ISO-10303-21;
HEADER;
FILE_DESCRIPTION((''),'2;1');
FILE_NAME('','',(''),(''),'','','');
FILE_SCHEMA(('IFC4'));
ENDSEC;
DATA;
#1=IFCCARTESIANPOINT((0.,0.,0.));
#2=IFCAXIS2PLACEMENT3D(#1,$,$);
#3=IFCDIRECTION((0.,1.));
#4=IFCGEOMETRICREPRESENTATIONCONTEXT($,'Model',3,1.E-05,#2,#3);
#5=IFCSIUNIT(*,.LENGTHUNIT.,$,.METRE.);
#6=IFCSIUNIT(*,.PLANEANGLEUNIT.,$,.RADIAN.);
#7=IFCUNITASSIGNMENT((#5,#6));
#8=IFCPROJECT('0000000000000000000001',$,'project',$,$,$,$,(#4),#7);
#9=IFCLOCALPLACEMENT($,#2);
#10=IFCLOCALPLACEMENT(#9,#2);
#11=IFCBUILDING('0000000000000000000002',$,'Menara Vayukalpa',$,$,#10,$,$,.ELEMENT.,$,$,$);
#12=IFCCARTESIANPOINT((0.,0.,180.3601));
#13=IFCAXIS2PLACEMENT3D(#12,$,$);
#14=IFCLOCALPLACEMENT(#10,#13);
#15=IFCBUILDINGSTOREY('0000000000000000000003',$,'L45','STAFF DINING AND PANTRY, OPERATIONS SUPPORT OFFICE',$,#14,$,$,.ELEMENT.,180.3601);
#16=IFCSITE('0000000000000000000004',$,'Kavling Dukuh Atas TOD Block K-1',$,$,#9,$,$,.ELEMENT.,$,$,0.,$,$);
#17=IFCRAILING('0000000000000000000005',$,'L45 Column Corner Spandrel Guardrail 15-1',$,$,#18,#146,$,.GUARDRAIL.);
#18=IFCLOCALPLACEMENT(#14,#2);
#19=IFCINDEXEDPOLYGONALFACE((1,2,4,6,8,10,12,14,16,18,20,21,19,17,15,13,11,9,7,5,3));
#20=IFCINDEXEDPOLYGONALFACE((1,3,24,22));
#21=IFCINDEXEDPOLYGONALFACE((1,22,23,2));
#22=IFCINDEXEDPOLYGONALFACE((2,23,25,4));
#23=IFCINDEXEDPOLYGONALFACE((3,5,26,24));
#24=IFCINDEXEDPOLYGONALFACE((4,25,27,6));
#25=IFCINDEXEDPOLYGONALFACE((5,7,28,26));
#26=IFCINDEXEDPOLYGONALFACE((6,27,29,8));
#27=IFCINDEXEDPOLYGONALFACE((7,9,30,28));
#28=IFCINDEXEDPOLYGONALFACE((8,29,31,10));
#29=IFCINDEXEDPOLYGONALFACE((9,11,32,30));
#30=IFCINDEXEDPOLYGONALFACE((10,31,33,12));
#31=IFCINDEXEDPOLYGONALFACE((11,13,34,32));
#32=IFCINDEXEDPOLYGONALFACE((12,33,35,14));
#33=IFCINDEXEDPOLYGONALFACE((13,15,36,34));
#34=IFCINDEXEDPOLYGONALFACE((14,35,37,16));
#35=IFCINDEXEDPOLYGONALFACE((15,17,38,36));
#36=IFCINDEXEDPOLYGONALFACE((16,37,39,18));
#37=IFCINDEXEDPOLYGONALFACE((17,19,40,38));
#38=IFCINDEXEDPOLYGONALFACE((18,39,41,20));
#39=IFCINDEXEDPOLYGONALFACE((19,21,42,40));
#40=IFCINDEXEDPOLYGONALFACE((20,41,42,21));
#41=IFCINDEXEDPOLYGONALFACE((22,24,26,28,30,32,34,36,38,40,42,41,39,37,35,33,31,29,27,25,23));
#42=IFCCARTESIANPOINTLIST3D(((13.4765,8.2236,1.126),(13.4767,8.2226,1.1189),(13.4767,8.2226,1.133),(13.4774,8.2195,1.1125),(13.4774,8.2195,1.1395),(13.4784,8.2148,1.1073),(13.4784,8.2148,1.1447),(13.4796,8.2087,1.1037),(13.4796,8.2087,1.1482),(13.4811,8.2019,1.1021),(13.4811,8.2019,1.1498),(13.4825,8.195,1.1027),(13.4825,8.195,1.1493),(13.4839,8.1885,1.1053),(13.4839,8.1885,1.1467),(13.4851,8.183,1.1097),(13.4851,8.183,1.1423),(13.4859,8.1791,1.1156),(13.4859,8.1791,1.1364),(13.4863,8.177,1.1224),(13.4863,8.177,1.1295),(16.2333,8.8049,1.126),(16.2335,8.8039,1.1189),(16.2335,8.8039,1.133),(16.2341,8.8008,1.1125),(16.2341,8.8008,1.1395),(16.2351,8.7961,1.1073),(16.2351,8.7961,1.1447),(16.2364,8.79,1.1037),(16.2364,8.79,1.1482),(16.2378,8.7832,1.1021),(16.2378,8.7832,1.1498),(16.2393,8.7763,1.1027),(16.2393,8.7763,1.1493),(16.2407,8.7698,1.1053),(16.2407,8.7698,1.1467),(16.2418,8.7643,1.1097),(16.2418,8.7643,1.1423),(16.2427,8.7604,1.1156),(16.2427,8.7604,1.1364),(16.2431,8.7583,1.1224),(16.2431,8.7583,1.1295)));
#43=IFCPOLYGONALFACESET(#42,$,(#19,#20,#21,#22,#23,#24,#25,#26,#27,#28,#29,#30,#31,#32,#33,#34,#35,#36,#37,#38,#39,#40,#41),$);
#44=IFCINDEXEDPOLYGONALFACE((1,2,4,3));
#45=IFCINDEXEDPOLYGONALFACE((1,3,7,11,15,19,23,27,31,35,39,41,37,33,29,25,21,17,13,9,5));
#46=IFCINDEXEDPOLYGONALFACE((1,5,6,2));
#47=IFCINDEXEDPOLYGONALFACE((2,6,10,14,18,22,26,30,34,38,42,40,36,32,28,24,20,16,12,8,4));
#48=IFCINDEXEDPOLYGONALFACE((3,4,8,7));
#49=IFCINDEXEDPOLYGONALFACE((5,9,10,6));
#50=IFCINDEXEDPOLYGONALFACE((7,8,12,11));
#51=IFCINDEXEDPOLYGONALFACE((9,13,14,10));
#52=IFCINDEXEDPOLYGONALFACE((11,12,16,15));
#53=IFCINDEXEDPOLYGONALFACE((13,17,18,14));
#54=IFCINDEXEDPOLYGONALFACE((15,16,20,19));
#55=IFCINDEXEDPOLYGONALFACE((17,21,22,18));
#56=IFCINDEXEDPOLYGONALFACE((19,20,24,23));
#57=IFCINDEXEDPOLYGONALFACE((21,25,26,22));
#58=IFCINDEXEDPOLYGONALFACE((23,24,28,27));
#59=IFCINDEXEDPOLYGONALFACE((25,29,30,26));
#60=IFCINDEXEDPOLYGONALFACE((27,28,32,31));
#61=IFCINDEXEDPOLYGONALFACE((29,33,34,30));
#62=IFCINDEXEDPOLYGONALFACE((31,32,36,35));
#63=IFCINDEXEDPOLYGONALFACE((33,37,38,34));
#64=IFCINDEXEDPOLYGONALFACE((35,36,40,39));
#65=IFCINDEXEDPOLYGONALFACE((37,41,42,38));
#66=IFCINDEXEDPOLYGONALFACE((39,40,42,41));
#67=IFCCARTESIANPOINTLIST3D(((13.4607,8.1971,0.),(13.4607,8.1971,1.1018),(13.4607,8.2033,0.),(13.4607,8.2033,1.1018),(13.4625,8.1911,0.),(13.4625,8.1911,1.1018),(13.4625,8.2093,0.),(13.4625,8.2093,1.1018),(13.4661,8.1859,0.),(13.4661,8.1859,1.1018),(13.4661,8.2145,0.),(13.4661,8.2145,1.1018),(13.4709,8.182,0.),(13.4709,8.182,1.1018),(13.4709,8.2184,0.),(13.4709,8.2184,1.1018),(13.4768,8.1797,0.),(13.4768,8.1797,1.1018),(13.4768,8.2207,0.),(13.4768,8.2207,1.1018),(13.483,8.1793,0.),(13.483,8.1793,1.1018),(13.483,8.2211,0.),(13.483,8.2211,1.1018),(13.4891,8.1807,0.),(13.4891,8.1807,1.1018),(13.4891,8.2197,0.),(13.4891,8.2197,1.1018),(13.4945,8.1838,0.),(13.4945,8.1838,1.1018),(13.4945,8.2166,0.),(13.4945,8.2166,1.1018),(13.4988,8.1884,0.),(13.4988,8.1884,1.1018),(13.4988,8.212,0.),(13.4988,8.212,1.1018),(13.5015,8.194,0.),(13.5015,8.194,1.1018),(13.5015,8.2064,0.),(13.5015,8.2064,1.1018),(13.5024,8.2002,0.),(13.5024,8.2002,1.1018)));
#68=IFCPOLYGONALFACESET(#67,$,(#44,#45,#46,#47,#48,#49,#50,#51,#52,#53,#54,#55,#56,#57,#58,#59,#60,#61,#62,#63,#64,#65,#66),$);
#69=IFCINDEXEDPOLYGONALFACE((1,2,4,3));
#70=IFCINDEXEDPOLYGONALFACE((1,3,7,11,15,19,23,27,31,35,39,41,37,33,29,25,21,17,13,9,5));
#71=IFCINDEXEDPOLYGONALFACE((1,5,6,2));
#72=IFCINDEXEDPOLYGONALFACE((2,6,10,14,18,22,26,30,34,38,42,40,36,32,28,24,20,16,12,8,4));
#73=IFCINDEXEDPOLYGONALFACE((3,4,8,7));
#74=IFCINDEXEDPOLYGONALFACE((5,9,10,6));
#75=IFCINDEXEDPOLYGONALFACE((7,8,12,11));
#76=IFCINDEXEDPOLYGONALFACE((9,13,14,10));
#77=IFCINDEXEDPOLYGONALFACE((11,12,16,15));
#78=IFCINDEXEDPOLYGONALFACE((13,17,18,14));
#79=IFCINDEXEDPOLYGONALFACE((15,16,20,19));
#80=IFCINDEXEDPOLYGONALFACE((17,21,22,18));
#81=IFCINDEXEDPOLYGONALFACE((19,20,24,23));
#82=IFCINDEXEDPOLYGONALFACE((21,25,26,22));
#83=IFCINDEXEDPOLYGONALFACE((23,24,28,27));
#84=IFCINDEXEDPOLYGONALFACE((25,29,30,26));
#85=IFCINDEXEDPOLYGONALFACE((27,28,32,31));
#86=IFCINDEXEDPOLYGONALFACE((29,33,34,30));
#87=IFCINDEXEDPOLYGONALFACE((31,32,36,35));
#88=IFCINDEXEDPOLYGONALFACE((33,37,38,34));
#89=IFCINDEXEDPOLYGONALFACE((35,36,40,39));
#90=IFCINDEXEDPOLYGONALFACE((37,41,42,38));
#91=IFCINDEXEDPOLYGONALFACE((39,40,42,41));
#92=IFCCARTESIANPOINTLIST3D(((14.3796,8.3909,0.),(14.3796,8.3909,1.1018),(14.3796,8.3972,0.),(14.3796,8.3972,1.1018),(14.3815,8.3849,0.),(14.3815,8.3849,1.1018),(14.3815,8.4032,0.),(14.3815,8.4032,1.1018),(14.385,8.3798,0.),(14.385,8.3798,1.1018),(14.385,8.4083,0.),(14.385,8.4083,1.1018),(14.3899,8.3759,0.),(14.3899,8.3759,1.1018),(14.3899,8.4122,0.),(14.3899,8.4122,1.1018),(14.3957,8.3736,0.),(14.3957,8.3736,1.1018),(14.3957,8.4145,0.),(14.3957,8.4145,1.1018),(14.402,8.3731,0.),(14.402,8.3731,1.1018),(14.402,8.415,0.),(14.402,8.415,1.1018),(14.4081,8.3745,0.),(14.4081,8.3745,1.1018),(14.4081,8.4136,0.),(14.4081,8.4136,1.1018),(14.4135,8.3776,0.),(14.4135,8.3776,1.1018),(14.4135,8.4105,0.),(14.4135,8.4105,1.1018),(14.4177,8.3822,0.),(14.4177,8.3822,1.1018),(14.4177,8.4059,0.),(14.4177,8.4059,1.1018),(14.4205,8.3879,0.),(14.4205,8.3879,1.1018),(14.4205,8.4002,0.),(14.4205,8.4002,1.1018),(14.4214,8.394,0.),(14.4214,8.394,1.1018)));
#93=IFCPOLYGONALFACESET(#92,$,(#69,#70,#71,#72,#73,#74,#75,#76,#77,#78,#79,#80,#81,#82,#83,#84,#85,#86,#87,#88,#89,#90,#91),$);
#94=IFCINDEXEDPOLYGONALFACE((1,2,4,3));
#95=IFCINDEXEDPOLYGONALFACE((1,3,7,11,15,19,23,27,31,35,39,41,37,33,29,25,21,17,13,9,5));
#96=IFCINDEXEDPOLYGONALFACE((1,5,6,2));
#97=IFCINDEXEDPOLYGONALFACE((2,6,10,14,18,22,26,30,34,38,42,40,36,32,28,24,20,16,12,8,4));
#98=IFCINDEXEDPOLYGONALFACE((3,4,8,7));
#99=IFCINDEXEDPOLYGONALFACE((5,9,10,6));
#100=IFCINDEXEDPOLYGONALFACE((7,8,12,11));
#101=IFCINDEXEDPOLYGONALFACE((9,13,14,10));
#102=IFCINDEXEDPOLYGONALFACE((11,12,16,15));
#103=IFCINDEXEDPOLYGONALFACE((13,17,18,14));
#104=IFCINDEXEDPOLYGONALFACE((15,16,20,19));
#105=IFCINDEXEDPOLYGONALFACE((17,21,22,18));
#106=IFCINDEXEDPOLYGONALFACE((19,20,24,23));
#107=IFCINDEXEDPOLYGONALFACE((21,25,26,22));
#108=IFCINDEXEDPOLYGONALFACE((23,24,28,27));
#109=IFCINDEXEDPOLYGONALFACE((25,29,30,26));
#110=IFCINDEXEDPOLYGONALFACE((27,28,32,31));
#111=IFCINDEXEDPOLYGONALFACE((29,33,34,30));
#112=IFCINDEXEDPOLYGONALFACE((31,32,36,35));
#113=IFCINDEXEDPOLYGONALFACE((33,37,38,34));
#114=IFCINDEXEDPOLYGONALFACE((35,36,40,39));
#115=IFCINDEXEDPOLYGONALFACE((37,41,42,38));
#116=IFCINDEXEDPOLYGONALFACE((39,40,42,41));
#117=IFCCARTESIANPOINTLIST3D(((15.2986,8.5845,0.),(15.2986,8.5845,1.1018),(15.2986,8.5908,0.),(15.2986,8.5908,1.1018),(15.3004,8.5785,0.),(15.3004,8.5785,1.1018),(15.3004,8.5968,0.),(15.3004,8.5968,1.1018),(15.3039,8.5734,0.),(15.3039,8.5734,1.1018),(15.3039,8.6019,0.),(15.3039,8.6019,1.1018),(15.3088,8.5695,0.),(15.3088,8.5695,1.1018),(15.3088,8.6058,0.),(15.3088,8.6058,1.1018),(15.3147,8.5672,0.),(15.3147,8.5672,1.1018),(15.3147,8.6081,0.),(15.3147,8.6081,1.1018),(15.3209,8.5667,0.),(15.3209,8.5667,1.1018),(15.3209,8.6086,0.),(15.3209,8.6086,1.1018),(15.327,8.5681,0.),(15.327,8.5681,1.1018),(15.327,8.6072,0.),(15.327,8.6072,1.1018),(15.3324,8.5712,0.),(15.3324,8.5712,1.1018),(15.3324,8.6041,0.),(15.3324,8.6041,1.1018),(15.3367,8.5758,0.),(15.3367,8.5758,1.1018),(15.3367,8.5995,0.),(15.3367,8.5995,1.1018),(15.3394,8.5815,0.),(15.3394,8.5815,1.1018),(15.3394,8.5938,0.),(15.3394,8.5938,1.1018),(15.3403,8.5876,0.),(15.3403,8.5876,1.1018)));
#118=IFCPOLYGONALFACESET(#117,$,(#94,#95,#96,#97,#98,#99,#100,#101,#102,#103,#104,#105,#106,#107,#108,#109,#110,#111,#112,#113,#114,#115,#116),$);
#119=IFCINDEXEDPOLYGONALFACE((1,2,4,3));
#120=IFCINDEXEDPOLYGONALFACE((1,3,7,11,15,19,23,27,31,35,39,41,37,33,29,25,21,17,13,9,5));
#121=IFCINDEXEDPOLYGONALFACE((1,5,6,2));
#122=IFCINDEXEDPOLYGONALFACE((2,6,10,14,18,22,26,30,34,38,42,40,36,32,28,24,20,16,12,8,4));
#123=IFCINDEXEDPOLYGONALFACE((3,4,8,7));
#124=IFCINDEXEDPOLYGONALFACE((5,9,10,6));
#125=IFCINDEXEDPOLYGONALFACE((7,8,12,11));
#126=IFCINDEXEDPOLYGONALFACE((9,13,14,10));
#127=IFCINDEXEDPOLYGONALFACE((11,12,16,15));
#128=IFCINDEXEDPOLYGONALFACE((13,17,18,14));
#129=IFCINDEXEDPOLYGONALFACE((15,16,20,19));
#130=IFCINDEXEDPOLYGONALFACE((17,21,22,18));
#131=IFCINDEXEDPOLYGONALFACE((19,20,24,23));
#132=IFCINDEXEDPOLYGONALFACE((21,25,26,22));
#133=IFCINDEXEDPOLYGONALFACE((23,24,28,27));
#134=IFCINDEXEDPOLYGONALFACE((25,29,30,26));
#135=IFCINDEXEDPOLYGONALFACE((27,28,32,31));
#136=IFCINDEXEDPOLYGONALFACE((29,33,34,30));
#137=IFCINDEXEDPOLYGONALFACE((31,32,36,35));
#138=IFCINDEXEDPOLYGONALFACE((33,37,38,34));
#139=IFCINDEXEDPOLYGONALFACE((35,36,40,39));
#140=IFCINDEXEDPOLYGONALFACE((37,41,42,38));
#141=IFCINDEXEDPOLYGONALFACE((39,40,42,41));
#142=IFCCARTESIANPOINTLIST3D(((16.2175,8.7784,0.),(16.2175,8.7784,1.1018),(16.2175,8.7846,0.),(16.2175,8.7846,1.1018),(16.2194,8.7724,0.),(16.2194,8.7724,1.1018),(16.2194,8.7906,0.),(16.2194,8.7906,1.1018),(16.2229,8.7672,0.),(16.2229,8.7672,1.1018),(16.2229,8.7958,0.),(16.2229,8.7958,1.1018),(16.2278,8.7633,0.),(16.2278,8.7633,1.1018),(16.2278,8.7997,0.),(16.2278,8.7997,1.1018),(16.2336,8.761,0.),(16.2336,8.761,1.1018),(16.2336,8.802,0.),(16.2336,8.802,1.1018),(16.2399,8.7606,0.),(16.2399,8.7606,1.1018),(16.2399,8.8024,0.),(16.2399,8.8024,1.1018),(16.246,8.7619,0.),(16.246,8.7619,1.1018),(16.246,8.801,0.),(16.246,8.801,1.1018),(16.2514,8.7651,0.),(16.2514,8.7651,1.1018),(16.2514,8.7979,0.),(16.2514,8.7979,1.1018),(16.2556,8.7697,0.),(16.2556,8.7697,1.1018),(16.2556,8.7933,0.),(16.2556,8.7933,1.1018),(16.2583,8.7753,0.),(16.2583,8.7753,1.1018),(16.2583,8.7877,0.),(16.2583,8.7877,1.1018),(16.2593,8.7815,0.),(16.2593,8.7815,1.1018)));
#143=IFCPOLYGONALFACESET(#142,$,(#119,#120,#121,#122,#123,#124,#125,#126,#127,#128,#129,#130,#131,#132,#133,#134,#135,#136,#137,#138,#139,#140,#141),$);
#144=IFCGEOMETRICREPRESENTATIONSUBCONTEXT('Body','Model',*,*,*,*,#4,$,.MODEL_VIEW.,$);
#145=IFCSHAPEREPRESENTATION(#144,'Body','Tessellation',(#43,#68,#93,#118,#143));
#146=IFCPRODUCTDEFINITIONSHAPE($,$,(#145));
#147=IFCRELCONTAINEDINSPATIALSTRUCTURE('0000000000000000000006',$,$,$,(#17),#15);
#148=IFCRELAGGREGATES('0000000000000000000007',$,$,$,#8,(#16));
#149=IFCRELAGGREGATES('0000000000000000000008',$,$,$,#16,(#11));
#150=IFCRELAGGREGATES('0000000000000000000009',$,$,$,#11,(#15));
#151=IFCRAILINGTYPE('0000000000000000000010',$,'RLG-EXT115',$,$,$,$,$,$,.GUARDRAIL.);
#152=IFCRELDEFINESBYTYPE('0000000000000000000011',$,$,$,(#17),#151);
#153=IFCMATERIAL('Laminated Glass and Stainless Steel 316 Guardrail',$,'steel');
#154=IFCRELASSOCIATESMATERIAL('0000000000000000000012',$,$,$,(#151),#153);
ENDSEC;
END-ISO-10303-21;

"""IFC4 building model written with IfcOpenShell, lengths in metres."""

from ifc_helpers import new_model, si_unit, direction, frame, origin, origin_2d, place, context, subcontext, project, spatial, circle, extrude, material, type_object, element, save


model = new_model("IFC4")

# Units and contexts
model_context = context("Model", 3, precision=1e-05, world=origin(), true_north=direction((0.0, 1.0)))
body_context = subcontext(model_context, "Body", "Model", "MODEL_VIEW")
ifc_project = project(units=[si_unit("LENGTHUNIT", "METRE"), si_unit("PLANEANGLEUNIT", "RADIAN")], contexts=[model_context])

# Site, building, storey
site_placement = place(None, origin())
site = spatial("IfcSite", under=ifc_project, at=site_placement, Name="Kavling Dukuh Atas TOD Block K-1", CompositionType="ELEMENT", RefElevation=0.0)
building_placement = place(site_placement, origin())
building = spatial("IfcBuilding", under=site, at=building_placement, Name="Menara Vayukalpa", CompositionType="ELEMENT")
storey_placement = place(building_placement, frame((0.0, 0.0, 180.3601)))
storey = spatial("IfcBuildingStorey", under=building, at=storey_placement, Name="L45", Description="STAFF DINING AND PANTRY, OPERATIONS SUPPORT OFFICE", CompositionType="ELEMENT", Elevation=180.3601)

# Railing
ifc_material_1 = material(Name="Laminated Glass and Stainless Steel 316 Guardrail", Category="steel")
railing_type = type_object("IfcRailingType", Name="RLG-EXT115", PredefinedType="GUARDRAIL", material=ifc_material_1)
railing_placement = place(storey_placement, frame((13.4814, 8.2002, 0.0)))
element("IfcRailing", 1, at=railing_placement, inside=storey, type_object=railing_type, Name="L45 Column Corner Spandrel Guardrail 15-1", PredefinedType="GUARDRAIL", context=body_context, shape_type="SweptSolid", body=[
    extrude(circle(Radius=0.0239, at=origin_2d()), frame((0.0, 0.0, 1.126), z_axis=(0.978484, 0.206321, 0.0), x_axis=(-0.206321, 0.978484, 0.0)), (0.0, 0.0, 1.0), 2.8174),
    extrude(circle(Radius=0.021, at=origin_2d()), origin(), (0.0, 0.0, 1.0), 1.1018),
    extrude(circle(Radius=0.021, at=origin_2d()), frame((0.9189, 0.1938, 0.0)), (0.0, 0.0, 1.0), 1.1018),
    extrude(circle(Radius=0.021, at=origin_2d()), frame((1.8379, 0.3875, 0.0)), (0.0, 0.0, 1.0), 1.1018),
    extrude(circle(Radius=0.021, at=origin_2d()), frame((2.7568, 0.5813, 0.0)), (0.0, 0.0, 1.0), 1.1018),
])

save(model, "model.ifc")
